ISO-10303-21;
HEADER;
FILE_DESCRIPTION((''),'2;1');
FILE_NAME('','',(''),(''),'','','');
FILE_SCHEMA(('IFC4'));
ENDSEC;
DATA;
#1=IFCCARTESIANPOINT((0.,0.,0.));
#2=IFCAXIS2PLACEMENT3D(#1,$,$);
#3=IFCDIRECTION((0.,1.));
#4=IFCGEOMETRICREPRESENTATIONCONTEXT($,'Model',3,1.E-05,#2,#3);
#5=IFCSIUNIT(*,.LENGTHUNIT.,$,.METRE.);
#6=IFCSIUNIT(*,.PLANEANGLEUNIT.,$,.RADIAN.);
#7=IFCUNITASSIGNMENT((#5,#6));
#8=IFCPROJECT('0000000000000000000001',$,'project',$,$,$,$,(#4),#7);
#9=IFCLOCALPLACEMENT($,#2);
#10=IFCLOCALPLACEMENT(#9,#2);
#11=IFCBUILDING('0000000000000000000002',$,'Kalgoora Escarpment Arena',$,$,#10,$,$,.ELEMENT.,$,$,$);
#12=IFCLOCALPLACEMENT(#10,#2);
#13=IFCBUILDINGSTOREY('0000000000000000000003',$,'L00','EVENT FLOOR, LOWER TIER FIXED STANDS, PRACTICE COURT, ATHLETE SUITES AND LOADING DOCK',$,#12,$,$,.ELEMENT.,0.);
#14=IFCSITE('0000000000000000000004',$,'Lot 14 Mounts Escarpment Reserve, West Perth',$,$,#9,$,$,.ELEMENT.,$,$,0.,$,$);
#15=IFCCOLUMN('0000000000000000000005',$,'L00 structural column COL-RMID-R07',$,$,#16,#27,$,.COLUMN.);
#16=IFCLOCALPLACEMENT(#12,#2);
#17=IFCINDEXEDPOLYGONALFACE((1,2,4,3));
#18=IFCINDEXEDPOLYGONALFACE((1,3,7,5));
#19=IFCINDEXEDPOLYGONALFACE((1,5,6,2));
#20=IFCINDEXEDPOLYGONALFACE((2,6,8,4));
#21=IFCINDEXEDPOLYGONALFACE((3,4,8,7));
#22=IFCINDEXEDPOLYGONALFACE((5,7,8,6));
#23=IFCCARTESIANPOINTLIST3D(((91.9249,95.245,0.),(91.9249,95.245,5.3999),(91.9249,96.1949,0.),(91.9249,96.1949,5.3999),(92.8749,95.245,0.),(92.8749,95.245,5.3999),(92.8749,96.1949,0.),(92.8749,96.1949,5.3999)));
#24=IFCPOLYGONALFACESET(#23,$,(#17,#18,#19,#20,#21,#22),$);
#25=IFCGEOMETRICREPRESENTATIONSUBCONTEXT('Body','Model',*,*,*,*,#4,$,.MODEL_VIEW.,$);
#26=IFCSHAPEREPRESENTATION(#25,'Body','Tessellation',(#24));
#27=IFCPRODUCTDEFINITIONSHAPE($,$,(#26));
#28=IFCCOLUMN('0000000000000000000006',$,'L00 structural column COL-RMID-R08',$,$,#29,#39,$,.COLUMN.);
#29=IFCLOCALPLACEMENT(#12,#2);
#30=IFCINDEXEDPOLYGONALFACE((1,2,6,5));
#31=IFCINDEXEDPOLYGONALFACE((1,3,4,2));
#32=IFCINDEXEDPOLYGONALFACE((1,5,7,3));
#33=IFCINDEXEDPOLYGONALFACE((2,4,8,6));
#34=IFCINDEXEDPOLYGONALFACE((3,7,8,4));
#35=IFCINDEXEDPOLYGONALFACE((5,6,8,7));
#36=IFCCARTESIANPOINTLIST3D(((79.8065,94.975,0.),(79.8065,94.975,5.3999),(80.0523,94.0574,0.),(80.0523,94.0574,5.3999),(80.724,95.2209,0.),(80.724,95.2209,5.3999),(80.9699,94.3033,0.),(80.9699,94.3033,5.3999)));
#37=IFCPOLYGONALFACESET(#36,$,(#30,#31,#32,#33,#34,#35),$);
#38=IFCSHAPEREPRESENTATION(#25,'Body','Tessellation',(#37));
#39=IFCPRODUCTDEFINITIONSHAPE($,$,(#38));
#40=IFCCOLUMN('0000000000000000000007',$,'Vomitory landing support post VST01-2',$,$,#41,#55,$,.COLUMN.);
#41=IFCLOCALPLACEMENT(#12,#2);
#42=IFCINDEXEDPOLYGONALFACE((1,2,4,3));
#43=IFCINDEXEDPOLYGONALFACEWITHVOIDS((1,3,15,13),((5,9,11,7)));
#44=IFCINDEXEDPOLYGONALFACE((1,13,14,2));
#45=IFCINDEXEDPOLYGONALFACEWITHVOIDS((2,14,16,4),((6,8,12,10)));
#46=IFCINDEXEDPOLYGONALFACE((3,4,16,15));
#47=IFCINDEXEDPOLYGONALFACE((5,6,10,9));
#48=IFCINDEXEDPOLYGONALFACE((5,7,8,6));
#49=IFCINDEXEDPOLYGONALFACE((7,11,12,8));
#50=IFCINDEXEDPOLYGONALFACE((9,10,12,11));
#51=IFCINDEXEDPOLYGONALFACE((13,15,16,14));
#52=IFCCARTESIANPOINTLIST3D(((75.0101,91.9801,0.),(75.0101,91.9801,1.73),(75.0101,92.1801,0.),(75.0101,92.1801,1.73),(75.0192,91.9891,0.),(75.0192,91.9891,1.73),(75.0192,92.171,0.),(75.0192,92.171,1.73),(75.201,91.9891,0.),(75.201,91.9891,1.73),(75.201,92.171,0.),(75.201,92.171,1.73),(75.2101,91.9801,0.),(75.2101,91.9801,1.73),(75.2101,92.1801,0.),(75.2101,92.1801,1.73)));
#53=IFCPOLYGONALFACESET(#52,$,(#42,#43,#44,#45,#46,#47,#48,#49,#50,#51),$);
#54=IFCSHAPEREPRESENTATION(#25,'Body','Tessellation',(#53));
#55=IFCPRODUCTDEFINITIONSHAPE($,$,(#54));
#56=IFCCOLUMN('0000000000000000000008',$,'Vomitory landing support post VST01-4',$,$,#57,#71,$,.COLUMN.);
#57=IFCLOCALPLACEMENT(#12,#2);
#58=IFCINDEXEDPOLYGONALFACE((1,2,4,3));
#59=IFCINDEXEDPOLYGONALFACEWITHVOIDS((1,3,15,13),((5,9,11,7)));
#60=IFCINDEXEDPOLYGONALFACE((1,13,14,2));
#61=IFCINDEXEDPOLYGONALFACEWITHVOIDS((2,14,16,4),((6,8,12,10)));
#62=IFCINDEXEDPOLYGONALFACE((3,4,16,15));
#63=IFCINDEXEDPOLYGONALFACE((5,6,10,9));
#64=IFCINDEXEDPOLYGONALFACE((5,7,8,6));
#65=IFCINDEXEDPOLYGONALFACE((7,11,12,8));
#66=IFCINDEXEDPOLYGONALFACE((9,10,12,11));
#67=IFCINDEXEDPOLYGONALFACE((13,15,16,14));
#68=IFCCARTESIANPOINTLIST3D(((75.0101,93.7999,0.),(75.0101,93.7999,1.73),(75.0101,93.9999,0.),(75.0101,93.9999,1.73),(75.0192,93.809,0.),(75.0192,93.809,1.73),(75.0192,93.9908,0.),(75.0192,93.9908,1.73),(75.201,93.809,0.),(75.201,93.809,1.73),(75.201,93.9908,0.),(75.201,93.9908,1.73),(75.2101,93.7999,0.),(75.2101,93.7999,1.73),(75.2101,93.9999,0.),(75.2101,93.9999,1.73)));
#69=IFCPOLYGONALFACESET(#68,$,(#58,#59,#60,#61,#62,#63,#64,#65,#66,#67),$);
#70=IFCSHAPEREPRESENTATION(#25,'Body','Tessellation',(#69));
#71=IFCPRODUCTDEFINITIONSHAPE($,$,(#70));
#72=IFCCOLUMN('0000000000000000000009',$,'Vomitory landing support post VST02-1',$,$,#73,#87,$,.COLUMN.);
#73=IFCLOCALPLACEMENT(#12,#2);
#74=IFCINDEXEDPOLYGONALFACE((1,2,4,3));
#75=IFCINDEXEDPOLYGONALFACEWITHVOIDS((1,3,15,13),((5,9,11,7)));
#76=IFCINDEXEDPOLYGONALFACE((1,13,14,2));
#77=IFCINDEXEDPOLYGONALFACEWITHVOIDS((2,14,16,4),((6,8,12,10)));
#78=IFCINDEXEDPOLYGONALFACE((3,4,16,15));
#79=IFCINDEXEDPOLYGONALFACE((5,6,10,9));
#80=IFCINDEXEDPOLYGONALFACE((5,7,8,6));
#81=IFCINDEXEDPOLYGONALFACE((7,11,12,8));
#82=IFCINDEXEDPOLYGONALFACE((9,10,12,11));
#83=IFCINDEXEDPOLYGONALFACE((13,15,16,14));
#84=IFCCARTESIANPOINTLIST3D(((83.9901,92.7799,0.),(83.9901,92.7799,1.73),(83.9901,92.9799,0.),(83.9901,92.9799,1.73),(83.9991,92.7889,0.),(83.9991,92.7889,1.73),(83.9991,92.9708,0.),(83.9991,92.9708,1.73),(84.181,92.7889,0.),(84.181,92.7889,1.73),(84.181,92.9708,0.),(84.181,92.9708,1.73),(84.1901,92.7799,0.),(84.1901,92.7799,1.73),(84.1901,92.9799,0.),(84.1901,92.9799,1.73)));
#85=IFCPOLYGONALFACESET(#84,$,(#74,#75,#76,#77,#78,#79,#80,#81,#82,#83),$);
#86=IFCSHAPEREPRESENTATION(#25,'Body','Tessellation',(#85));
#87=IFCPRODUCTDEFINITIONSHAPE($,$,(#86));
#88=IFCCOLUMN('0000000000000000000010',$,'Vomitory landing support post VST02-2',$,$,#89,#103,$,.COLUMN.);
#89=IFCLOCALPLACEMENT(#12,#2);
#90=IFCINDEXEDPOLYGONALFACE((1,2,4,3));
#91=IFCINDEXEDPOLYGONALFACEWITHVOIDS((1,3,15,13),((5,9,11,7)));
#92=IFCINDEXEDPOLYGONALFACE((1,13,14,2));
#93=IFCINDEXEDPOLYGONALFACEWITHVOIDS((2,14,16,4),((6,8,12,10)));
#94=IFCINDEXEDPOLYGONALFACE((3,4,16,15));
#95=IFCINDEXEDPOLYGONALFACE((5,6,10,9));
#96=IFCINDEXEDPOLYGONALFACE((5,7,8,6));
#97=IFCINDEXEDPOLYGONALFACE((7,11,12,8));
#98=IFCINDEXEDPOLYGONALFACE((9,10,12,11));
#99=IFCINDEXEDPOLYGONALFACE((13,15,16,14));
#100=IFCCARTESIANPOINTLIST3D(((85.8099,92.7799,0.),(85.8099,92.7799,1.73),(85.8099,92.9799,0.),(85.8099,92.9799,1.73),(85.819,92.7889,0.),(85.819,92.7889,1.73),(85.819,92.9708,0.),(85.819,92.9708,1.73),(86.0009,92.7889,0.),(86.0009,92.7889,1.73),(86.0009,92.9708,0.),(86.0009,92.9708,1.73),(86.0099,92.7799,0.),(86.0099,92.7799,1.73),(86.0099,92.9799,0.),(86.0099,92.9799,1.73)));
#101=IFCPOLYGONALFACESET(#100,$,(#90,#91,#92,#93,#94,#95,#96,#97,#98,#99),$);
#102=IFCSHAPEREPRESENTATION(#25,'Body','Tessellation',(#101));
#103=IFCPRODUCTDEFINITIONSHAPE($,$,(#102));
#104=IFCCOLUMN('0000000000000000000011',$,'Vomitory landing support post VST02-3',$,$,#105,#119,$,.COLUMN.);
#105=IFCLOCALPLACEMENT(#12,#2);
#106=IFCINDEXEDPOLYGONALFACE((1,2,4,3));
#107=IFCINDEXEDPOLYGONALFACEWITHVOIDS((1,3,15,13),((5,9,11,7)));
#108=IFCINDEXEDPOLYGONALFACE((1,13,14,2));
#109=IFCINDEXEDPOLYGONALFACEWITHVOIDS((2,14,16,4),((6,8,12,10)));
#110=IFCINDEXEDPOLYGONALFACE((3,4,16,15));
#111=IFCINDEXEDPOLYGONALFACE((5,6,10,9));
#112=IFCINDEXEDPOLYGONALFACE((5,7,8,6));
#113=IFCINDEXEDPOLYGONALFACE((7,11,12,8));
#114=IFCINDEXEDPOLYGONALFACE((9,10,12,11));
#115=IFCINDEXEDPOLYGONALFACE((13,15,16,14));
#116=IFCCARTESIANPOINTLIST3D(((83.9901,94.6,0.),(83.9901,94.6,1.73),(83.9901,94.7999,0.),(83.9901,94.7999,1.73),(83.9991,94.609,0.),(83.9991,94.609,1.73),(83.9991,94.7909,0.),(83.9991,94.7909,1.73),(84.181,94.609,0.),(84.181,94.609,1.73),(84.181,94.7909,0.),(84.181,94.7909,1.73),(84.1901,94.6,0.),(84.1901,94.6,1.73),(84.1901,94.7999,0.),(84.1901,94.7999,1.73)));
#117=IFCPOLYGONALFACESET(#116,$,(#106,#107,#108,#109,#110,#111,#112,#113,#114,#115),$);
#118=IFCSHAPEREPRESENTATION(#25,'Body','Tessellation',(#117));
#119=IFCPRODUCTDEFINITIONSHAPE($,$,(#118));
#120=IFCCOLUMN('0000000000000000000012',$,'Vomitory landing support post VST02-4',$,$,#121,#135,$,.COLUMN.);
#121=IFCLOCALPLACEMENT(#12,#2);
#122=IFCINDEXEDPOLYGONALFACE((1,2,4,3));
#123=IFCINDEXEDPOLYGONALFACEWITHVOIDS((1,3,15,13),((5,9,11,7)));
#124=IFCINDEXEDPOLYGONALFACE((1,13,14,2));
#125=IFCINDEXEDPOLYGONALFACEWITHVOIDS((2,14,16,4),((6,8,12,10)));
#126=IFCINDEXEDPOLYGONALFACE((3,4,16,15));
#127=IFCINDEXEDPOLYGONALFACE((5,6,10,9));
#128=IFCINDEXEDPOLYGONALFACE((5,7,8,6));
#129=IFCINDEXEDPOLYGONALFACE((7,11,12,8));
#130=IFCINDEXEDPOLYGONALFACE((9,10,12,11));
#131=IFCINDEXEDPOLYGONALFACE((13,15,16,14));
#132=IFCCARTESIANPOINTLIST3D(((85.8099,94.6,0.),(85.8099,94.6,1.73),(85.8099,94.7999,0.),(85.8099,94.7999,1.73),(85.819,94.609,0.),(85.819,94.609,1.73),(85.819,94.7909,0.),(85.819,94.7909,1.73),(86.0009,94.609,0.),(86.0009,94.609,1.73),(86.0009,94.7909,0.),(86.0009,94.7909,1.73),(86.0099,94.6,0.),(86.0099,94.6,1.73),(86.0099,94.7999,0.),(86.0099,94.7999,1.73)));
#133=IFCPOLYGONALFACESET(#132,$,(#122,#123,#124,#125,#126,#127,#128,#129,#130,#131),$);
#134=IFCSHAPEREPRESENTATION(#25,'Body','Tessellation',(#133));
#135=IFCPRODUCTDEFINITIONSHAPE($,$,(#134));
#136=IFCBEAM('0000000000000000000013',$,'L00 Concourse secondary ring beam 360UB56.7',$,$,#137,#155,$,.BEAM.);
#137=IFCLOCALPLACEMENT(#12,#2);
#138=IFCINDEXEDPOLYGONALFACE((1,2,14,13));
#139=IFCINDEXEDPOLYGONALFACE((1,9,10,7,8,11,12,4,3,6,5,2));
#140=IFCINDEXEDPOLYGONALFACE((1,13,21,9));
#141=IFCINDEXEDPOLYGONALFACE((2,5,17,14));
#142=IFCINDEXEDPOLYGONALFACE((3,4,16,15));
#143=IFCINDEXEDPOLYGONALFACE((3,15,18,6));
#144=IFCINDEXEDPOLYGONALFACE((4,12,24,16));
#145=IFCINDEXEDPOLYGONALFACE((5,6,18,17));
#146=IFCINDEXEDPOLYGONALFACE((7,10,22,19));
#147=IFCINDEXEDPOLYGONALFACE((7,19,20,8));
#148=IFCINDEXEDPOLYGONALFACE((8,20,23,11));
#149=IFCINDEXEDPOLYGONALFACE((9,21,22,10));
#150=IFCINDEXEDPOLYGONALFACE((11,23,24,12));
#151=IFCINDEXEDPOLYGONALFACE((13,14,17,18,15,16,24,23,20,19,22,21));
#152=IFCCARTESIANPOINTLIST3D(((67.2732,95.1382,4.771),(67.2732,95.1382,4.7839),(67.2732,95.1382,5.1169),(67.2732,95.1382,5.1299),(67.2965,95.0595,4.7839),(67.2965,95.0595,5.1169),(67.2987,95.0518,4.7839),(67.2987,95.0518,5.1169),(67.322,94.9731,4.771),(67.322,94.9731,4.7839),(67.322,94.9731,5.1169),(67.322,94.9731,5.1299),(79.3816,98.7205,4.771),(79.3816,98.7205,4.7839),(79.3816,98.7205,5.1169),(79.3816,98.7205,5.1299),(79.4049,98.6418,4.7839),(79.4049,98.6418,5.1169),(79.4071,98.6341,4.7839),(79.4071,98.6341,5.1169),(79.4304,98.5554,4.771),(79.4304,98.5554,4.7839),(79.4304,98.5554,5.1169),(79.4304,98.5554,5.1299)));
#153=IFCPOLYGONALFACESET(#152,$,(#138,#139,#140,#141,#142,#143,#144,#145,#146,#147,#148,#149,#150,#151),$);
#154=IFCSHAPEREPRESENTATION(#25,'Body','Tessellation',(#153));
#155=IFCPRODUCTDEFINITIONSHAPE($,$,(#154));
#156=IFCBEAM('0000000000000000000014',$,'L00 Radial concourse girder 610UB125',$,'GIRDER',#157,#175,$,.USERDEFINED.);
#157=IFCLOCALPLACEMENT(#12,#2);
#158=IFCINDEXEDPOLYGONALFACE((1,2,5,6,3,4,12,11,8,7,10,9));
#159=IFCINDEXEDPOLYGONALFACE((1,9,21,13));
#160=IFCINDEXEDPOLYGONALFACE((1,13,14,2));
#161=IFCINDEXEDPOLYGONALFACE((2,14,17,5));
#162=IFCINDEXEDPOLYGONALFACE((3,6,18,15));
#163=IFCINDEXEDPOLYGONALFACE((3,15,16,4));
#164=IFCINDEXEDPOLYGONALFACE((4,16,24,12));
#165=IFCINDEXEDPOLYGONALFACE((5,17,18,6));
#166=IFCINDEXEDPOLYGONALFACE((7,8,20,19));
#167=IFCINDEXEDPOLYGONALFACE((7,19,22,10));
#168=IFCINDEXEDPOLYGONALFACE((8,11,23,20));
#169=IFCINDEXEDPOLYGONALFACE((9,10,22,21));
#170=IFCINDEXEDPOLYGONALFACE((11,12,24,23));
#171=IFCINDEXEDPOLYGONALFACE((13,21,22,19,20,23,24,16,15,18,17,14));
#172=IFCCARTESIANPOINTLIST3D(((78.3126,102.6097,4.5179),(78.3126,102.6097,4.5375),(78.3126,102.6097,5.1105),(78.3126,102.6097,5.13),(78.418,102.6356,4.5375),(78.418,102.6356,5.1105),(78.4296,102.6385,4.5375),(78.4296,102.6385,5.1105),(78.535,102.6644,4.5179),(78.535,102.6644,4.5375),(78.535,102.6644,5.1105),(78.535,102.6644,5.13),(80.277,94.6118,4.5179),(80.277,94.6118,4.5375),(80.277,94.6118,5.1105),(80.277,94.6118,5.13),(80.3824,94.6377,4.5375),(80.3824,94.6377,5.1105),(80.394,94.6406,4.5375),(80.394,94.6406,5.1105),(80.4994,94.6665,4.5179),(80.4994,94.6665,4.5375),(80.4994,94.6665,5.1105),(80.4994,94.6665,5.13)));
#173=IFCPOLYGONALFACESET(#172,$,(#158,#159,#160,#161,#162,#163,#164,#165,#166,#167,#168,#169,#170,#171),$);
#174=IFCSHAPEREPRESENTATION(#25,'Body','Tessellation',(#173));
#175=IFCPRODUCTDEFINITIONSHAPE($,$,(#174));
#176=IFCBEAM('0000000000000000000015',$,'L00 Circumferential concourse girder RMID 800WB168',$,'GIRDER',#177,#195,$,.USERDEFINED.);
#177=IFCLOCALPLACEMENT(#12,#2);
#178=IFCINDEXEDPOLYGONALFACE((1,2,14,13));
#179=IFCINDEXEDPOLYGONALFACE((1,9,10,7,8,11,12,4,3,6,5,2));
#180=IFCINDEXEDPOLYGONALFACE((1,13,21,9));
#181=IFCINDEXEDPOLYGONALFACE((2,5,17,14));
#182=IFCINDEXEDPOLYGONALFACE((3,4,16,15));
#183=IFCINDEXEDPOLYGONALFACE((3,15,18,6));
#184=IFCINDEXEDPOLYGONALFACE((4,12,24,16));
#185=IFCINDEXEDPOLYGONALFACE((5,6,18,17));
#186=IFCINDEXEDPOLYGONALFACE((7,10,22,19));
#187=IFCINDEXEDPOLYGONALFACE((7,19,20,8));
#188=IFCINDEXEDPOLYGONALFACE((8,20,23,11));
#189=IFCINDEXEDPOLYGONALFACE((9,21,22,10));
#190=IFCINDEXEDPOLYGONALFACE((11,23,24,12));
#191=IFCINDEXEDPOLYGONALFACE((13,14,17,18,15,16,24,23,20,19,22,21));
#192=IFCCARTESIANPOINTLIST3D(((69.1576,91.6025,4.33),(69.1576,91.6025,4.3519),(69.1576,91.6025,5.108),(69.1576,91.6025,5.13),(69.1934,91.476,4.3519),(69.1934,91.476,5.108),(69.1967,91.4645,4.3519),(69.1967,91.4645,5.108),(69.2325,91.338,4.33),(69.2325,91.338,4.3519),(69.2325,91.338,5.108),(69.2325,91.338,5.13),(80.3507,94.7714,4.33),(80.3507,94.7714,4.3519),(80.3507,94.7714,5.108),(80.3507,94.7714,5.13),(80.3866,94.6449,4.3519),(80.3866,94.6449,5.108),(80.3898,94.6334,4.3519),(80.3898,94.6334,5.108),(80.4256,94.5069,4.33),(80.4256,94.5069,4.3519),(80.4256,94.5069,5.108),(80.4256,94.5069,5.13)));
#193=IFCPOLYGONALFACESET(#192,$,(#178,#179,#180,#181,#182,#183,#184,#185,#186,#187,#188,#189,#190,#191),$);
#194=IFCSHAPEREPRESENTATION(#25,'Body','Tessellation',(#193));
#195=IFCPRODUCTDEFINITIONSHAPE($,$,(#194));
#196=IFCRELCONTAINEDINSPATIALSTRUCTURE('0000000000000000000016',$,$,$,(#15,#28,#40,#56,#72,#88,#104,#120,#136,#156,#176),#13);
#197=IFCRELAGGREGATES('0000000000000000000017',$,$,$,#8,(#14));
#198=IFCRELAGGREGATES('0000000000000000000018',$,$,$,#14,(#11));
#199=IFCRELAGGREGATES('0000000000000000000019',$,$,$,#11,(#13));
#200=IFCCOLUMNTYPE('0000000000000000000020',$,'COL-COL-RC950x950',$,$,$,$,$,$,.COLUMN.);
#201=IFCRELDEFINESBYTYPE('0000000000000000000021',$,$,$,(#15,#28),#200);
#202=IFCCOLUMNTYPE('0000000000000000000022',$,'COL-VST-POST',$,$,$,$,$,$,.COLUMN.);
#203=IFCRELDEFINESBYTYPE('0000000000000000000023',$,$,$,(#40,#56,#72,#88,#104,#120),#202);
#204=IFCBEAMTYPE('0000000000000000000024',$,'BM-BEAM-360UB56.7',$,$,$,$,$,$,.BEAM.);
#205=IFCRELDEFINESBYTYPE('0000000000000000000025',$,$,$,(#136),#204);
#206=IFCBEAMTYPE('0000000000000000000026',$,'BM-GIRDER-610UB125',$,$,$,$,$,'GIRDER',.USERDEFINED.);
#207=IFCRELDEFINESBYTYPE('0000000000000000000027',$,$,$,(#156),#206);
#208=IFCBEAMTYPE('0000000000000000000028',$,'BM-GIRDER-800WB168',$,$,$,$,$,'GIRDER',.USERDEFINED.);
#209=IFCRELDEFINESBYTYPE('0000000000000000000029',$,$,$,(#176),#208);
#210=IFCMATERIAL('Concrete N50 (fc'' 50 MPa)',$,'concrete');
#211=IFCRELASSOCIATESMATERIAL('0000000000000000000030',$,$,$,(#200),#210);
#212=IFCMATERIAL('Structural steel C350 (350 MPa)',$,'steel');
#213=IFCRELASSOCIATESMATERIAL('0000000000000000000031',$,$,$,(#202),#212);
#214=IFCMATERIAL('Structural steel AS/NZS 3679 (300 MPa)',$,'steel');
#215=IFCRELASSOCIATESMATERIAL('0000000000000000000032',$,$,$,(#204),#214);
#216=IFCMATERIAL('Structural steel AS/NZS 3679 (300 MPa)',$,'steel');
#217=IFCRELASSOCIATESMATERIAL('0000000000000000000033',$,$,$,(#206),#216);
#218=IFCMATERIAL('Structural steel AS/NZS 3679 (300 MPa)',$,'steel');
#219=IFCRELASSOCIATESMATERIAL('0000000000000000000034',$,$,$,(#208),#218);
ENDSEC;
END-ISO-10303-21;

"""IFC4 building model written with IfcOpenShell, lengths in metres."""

from ifc_helpers import new_model, si_unit, direction, frame, origin, origin_2d, place, context, subcontext, project, spatial, rectangle, hollow_rectangle, i_section, extrude, material, material_profile, profile_set, type_object, element, save


model = new_model("IFC4")

# Units and contexts
model_context = context("Model", 3, precision=1e-05, world=origin(), true_north=direction((0.0, 1.0)))
body_context = subcontext(model_context, "Body", "Model", "MODEL_VIEW")
ifc_project = project(units=[si_unit("LENGTHUNIT", "METRE"), si_unit("PLANEANGLEUNIT", "RADIAN")], contexts=[model_context])

# Site, building, storey
site_placement = place(None, origin())
site = spatial("IfcSite", under=ifc_project, at=site_placement, Name="Lot 14 Mounts Escarpment Reserve, West Perth", CompositionType="ELEMENT", RefElevation=0.0)
building_placement = place(site_placement, origin())
building = spatial("IfcBuilding", under=site, at=building_placement, Name="Kalgoora Escarpment Arena", CompositionType="ELEMENT")
storey_placement = place(building_placement, origin())
storey = spatial("IfcBuildingStorey", under=building, at=storey_placement, Name="L00", Description="EVENT FLOOR, LOWER TIER FIXED STANDS, PRACTICE COURT, ATHLETE SUITES AND LOADING DOCK", CompositionType="ELEMENT", Elevation=0.0)

# Columns
ifc_material_1 = material(Name="Concrete N50 (fc' 50 MPa)", Category="concrete")
ifc_material_profile_1 = material_profile(ifc_material_1, rectangle(XDim=0.95, YDim=0.95, at=origin_2d()))
ifc_profile_set_1 = profile_set([ifc_material_profile_1], Name="Concrete N50 (fc' 50 MPa)")
column_type_1 = type_object("IfcColumnType", Name="COL-COL-RC950x950", PredefinedType="COLUMN", material=ifc_profile_set_1)
for number, where, z_axis, x_axis, name in (
    (1, (92.3999, 95.72, 0.0), (0.0, 0.0, 1.0), (0.0, 1.0, 0.0), "L00 structural column COL-RMID-R07"),
    (2, (80.3882, 94.6392, 0.0), (0.0, 0.0, 1.0), (-0.258819, 0.965926, 0.0), "L00 structural column COL-RMID-R08"),
):
    element("IfcColumn", number, at=place(storey_placement, frame(where, z_axis=z_axis, x_axis=x_axis)), inside=storey, type_object=column_type_1, Name=name, PredefinedType="COLUMN", context=body_context, shape_type="SweptSolid", body=[
        extrude(rectangle(XDim=0.95, YDim=0.95, at=origin_2d()), origin(), (0.0, 0.0, 1.0), 5.3999),
    ])
ifc_material_2 = material(Name="Structural steel C350 (350 MPa)", Category="steel")
ifc_material_profile_2 = material_profile(ifc_material_2, hollow_rectangle(XDim=0.2, YDim=0.2, WallThickness=0.009, at=origin_2d()))
ifc_profile_set_2 = profile_set([ifc_material_profile_2], Name="Structural steel C350 (350 MPa)")
column_type_2 = type_object("IfcColumnType", Name="COL-VST-POST", PredefinedType="COLUMN", material=ifc_profile_set_2)
for number, where, z_axis, x_axis, name in (
    (3, (75.1101, 92.0801, 0.0), (0.0, 0.0, 1.0), (1.0, 0.0, 0.0), "Vomitory landing support post VST01-2"),
    (4, (75.1101, 93.8999, 0.0), (0.0, 0.0, 1.0), (1.0, 0.0, 0.0), "Vomitory landing support post VST01-4"),
    (5, (84.0901, 92.8799, 0.0), (0.0, 0.0, 1.0), (1.0, 0.0, 0.0), "Vomitory landing support post VST02-1"),
    (6, (85.9099, 92.8799, 0.0), (0.0, 0.0, 1.0), (1.0, 0.0, 0.0), "Vomitory landing support post VST02-2"),
    (7, (84.0901, 94.7, 0.0), (0.0, 0.0, 1.0), (1.0, 0.0, 0.0), "Vomitory landing support post VST02-3"),
    (8, (85.9099, 94.7, 0.0), (0.0, 0.0, 1.0), (1.0, 0.0, 0.0), "Vomitory landing support post VST02-4"),
):
    element("IfcColumn", number, at=place(storey_placement, frame(where, z_axis=z_axis, x_axis=x_axis)), inside=storey, type_object=column_type_2, Name=name, PredefinedType="COLUMN", context=body_context, shape_type="SweptSolid", body=[
        extrude(hollow_rectangle(XDim=0.2, YDim=0.2, WallThickness=0.009, at=origin_2d()), origin(), (0.0, 0.0, 1.0), 1.73),
    ])

# Beams
ifc_material_3 = material(Name="Structural steel AS/NZS 3679 (300 MPa)", Category="steel")
ifc_material_profile_3 = material_profile(ifc_material_3, i_section(OverallWidth=0.1721, OverallDepth=0.3589, WebThickness=0.0081, FlangeThickness=0.0129, at=origin_2d()))
ifc_profile_set_3 = profile_set([ifc_material_profile_3], Name="Structural steel AS/NZS 3679 (300 MPa)")
beam_type_1 = type_object("IfcBeamType", Name="BM-BEAM-360UB56.7", PredefinedType="BEAM", material=ifc_profile_set_3)
beam_1_placement = place(storey_placement, frame((79.406, 98.6379, 4.9504), z_axis=(-0.958914, -0.283695, 0.0), x_axis=(0.283695, -0.958914, 0.0)))
element("IfcBeam", 9, at=beam_1_placement, inside=storey, type_object=beam_type_1, Name="L00 Concourse secondary ring beam 360UB56.7", PredefinedType="BEAM", context=body_context, shape_type="SweptSolid", body=[
    extrude(i_section(OverallWidth=0.1721, OverallDepth=0.3589, WebThickness=0.0081, FlangeThickness=0.0129, at=origin_2d()), origin(), (0.0, 0.0, 1.0), 12.6272),
])
ifc_material_4 = material(Name="Structural steel AS/NZS 3679 (300 MPa)", Category="steel")
ifc_material_profile_4 = material_profile(ifc_material_4, i_section(OverallWidth=0.229, OverallDepth=0.6121, WebThickness=0.012, FlangeThickness=0.0195, at=origin_2d()))
ifc_profile_set_4 = profile_set([ifc_material_profile_4], Name="Structural steel AS/NZS 3679 (300 MPa)")
beam_type_2 = type_object("IfcBeamType", Name="BM-GIRDER-610UB125", ElementType="GIRDER", PredefinedType="USERDEFINED", material=ifc_profile_set_4)
beam_2_placement = place(storey_placement, frame((80.3882, 94.6392, 4.824), z_axis=(-0.238523, 0.971137, 0.0), x_axis=(-0.971137, -0.238523, 0.0)))
element("IfcBeam", 10, at=beam_2_placement, inside=storey, type_object=beam_type_2, Name="L00 Radial concourse girder 610UB125", ObjectType="GIRDER", PredefinedType="USERDEFINED", context=body_context, shape_type="SweptSolid", body=[
    extrude(i_section(OverallWidth=0.229, OverallDepth=0.6121, WebThickness=0.012, FlangeThickness=0.0195, at=origin_2d()), origin(), (0.0, 0.0, 1.0), 8.2356),
])
ifc_material_5 = material(Name="Structural steel AS/NZS 3679 (300 MPa)", Category="steel")
ifc_material_profile_5 = material_profile(ifc_material_5, i_section(OverallWidth=0.2749, OverallDepth=0.8, WebThickness=0.012, FlangeThickness=0.022, at=origin_2d()))
ifc_profile_set_5 = profile_set([ifc_material_profile_5], Name="Structural steel AS/NZS 3679 (300 MPa)")
beam_type_3 = type_object("IfcBeamType", Name="BM-GIRDER-800WB168", ElementType="GIRDER", PredefinedType="USERDEFINED", material=ifc_profile_set_5)
beam_3_placement = place(storey_placement, frame((80.3882, 94.6392, 4.73), z_axis=(-0.962182, -0.272409, 0.0), x_axis=(0.272409, -0.962182, 0.0)))
element("IfcBeam", 11, at=beam_3_placement, inside=storey, type_object=beam_type_3, Name="L00 Circumferential concourse girder RMID 800WB168", ObjectType="GIRDER", PredefinedType="USERDEFINED", context=body_context, shape_type="SweptSolid", body=[
    extrude(i_section(OverallWidth=0.2749, OverallDepth=0.8, WebThickness=0.012, FlangeThickness=0.022, at=origin_2d()), origin(), (0.0, 0.0, 1.0), 11.6331),
])

save(model, "model.ifc")
